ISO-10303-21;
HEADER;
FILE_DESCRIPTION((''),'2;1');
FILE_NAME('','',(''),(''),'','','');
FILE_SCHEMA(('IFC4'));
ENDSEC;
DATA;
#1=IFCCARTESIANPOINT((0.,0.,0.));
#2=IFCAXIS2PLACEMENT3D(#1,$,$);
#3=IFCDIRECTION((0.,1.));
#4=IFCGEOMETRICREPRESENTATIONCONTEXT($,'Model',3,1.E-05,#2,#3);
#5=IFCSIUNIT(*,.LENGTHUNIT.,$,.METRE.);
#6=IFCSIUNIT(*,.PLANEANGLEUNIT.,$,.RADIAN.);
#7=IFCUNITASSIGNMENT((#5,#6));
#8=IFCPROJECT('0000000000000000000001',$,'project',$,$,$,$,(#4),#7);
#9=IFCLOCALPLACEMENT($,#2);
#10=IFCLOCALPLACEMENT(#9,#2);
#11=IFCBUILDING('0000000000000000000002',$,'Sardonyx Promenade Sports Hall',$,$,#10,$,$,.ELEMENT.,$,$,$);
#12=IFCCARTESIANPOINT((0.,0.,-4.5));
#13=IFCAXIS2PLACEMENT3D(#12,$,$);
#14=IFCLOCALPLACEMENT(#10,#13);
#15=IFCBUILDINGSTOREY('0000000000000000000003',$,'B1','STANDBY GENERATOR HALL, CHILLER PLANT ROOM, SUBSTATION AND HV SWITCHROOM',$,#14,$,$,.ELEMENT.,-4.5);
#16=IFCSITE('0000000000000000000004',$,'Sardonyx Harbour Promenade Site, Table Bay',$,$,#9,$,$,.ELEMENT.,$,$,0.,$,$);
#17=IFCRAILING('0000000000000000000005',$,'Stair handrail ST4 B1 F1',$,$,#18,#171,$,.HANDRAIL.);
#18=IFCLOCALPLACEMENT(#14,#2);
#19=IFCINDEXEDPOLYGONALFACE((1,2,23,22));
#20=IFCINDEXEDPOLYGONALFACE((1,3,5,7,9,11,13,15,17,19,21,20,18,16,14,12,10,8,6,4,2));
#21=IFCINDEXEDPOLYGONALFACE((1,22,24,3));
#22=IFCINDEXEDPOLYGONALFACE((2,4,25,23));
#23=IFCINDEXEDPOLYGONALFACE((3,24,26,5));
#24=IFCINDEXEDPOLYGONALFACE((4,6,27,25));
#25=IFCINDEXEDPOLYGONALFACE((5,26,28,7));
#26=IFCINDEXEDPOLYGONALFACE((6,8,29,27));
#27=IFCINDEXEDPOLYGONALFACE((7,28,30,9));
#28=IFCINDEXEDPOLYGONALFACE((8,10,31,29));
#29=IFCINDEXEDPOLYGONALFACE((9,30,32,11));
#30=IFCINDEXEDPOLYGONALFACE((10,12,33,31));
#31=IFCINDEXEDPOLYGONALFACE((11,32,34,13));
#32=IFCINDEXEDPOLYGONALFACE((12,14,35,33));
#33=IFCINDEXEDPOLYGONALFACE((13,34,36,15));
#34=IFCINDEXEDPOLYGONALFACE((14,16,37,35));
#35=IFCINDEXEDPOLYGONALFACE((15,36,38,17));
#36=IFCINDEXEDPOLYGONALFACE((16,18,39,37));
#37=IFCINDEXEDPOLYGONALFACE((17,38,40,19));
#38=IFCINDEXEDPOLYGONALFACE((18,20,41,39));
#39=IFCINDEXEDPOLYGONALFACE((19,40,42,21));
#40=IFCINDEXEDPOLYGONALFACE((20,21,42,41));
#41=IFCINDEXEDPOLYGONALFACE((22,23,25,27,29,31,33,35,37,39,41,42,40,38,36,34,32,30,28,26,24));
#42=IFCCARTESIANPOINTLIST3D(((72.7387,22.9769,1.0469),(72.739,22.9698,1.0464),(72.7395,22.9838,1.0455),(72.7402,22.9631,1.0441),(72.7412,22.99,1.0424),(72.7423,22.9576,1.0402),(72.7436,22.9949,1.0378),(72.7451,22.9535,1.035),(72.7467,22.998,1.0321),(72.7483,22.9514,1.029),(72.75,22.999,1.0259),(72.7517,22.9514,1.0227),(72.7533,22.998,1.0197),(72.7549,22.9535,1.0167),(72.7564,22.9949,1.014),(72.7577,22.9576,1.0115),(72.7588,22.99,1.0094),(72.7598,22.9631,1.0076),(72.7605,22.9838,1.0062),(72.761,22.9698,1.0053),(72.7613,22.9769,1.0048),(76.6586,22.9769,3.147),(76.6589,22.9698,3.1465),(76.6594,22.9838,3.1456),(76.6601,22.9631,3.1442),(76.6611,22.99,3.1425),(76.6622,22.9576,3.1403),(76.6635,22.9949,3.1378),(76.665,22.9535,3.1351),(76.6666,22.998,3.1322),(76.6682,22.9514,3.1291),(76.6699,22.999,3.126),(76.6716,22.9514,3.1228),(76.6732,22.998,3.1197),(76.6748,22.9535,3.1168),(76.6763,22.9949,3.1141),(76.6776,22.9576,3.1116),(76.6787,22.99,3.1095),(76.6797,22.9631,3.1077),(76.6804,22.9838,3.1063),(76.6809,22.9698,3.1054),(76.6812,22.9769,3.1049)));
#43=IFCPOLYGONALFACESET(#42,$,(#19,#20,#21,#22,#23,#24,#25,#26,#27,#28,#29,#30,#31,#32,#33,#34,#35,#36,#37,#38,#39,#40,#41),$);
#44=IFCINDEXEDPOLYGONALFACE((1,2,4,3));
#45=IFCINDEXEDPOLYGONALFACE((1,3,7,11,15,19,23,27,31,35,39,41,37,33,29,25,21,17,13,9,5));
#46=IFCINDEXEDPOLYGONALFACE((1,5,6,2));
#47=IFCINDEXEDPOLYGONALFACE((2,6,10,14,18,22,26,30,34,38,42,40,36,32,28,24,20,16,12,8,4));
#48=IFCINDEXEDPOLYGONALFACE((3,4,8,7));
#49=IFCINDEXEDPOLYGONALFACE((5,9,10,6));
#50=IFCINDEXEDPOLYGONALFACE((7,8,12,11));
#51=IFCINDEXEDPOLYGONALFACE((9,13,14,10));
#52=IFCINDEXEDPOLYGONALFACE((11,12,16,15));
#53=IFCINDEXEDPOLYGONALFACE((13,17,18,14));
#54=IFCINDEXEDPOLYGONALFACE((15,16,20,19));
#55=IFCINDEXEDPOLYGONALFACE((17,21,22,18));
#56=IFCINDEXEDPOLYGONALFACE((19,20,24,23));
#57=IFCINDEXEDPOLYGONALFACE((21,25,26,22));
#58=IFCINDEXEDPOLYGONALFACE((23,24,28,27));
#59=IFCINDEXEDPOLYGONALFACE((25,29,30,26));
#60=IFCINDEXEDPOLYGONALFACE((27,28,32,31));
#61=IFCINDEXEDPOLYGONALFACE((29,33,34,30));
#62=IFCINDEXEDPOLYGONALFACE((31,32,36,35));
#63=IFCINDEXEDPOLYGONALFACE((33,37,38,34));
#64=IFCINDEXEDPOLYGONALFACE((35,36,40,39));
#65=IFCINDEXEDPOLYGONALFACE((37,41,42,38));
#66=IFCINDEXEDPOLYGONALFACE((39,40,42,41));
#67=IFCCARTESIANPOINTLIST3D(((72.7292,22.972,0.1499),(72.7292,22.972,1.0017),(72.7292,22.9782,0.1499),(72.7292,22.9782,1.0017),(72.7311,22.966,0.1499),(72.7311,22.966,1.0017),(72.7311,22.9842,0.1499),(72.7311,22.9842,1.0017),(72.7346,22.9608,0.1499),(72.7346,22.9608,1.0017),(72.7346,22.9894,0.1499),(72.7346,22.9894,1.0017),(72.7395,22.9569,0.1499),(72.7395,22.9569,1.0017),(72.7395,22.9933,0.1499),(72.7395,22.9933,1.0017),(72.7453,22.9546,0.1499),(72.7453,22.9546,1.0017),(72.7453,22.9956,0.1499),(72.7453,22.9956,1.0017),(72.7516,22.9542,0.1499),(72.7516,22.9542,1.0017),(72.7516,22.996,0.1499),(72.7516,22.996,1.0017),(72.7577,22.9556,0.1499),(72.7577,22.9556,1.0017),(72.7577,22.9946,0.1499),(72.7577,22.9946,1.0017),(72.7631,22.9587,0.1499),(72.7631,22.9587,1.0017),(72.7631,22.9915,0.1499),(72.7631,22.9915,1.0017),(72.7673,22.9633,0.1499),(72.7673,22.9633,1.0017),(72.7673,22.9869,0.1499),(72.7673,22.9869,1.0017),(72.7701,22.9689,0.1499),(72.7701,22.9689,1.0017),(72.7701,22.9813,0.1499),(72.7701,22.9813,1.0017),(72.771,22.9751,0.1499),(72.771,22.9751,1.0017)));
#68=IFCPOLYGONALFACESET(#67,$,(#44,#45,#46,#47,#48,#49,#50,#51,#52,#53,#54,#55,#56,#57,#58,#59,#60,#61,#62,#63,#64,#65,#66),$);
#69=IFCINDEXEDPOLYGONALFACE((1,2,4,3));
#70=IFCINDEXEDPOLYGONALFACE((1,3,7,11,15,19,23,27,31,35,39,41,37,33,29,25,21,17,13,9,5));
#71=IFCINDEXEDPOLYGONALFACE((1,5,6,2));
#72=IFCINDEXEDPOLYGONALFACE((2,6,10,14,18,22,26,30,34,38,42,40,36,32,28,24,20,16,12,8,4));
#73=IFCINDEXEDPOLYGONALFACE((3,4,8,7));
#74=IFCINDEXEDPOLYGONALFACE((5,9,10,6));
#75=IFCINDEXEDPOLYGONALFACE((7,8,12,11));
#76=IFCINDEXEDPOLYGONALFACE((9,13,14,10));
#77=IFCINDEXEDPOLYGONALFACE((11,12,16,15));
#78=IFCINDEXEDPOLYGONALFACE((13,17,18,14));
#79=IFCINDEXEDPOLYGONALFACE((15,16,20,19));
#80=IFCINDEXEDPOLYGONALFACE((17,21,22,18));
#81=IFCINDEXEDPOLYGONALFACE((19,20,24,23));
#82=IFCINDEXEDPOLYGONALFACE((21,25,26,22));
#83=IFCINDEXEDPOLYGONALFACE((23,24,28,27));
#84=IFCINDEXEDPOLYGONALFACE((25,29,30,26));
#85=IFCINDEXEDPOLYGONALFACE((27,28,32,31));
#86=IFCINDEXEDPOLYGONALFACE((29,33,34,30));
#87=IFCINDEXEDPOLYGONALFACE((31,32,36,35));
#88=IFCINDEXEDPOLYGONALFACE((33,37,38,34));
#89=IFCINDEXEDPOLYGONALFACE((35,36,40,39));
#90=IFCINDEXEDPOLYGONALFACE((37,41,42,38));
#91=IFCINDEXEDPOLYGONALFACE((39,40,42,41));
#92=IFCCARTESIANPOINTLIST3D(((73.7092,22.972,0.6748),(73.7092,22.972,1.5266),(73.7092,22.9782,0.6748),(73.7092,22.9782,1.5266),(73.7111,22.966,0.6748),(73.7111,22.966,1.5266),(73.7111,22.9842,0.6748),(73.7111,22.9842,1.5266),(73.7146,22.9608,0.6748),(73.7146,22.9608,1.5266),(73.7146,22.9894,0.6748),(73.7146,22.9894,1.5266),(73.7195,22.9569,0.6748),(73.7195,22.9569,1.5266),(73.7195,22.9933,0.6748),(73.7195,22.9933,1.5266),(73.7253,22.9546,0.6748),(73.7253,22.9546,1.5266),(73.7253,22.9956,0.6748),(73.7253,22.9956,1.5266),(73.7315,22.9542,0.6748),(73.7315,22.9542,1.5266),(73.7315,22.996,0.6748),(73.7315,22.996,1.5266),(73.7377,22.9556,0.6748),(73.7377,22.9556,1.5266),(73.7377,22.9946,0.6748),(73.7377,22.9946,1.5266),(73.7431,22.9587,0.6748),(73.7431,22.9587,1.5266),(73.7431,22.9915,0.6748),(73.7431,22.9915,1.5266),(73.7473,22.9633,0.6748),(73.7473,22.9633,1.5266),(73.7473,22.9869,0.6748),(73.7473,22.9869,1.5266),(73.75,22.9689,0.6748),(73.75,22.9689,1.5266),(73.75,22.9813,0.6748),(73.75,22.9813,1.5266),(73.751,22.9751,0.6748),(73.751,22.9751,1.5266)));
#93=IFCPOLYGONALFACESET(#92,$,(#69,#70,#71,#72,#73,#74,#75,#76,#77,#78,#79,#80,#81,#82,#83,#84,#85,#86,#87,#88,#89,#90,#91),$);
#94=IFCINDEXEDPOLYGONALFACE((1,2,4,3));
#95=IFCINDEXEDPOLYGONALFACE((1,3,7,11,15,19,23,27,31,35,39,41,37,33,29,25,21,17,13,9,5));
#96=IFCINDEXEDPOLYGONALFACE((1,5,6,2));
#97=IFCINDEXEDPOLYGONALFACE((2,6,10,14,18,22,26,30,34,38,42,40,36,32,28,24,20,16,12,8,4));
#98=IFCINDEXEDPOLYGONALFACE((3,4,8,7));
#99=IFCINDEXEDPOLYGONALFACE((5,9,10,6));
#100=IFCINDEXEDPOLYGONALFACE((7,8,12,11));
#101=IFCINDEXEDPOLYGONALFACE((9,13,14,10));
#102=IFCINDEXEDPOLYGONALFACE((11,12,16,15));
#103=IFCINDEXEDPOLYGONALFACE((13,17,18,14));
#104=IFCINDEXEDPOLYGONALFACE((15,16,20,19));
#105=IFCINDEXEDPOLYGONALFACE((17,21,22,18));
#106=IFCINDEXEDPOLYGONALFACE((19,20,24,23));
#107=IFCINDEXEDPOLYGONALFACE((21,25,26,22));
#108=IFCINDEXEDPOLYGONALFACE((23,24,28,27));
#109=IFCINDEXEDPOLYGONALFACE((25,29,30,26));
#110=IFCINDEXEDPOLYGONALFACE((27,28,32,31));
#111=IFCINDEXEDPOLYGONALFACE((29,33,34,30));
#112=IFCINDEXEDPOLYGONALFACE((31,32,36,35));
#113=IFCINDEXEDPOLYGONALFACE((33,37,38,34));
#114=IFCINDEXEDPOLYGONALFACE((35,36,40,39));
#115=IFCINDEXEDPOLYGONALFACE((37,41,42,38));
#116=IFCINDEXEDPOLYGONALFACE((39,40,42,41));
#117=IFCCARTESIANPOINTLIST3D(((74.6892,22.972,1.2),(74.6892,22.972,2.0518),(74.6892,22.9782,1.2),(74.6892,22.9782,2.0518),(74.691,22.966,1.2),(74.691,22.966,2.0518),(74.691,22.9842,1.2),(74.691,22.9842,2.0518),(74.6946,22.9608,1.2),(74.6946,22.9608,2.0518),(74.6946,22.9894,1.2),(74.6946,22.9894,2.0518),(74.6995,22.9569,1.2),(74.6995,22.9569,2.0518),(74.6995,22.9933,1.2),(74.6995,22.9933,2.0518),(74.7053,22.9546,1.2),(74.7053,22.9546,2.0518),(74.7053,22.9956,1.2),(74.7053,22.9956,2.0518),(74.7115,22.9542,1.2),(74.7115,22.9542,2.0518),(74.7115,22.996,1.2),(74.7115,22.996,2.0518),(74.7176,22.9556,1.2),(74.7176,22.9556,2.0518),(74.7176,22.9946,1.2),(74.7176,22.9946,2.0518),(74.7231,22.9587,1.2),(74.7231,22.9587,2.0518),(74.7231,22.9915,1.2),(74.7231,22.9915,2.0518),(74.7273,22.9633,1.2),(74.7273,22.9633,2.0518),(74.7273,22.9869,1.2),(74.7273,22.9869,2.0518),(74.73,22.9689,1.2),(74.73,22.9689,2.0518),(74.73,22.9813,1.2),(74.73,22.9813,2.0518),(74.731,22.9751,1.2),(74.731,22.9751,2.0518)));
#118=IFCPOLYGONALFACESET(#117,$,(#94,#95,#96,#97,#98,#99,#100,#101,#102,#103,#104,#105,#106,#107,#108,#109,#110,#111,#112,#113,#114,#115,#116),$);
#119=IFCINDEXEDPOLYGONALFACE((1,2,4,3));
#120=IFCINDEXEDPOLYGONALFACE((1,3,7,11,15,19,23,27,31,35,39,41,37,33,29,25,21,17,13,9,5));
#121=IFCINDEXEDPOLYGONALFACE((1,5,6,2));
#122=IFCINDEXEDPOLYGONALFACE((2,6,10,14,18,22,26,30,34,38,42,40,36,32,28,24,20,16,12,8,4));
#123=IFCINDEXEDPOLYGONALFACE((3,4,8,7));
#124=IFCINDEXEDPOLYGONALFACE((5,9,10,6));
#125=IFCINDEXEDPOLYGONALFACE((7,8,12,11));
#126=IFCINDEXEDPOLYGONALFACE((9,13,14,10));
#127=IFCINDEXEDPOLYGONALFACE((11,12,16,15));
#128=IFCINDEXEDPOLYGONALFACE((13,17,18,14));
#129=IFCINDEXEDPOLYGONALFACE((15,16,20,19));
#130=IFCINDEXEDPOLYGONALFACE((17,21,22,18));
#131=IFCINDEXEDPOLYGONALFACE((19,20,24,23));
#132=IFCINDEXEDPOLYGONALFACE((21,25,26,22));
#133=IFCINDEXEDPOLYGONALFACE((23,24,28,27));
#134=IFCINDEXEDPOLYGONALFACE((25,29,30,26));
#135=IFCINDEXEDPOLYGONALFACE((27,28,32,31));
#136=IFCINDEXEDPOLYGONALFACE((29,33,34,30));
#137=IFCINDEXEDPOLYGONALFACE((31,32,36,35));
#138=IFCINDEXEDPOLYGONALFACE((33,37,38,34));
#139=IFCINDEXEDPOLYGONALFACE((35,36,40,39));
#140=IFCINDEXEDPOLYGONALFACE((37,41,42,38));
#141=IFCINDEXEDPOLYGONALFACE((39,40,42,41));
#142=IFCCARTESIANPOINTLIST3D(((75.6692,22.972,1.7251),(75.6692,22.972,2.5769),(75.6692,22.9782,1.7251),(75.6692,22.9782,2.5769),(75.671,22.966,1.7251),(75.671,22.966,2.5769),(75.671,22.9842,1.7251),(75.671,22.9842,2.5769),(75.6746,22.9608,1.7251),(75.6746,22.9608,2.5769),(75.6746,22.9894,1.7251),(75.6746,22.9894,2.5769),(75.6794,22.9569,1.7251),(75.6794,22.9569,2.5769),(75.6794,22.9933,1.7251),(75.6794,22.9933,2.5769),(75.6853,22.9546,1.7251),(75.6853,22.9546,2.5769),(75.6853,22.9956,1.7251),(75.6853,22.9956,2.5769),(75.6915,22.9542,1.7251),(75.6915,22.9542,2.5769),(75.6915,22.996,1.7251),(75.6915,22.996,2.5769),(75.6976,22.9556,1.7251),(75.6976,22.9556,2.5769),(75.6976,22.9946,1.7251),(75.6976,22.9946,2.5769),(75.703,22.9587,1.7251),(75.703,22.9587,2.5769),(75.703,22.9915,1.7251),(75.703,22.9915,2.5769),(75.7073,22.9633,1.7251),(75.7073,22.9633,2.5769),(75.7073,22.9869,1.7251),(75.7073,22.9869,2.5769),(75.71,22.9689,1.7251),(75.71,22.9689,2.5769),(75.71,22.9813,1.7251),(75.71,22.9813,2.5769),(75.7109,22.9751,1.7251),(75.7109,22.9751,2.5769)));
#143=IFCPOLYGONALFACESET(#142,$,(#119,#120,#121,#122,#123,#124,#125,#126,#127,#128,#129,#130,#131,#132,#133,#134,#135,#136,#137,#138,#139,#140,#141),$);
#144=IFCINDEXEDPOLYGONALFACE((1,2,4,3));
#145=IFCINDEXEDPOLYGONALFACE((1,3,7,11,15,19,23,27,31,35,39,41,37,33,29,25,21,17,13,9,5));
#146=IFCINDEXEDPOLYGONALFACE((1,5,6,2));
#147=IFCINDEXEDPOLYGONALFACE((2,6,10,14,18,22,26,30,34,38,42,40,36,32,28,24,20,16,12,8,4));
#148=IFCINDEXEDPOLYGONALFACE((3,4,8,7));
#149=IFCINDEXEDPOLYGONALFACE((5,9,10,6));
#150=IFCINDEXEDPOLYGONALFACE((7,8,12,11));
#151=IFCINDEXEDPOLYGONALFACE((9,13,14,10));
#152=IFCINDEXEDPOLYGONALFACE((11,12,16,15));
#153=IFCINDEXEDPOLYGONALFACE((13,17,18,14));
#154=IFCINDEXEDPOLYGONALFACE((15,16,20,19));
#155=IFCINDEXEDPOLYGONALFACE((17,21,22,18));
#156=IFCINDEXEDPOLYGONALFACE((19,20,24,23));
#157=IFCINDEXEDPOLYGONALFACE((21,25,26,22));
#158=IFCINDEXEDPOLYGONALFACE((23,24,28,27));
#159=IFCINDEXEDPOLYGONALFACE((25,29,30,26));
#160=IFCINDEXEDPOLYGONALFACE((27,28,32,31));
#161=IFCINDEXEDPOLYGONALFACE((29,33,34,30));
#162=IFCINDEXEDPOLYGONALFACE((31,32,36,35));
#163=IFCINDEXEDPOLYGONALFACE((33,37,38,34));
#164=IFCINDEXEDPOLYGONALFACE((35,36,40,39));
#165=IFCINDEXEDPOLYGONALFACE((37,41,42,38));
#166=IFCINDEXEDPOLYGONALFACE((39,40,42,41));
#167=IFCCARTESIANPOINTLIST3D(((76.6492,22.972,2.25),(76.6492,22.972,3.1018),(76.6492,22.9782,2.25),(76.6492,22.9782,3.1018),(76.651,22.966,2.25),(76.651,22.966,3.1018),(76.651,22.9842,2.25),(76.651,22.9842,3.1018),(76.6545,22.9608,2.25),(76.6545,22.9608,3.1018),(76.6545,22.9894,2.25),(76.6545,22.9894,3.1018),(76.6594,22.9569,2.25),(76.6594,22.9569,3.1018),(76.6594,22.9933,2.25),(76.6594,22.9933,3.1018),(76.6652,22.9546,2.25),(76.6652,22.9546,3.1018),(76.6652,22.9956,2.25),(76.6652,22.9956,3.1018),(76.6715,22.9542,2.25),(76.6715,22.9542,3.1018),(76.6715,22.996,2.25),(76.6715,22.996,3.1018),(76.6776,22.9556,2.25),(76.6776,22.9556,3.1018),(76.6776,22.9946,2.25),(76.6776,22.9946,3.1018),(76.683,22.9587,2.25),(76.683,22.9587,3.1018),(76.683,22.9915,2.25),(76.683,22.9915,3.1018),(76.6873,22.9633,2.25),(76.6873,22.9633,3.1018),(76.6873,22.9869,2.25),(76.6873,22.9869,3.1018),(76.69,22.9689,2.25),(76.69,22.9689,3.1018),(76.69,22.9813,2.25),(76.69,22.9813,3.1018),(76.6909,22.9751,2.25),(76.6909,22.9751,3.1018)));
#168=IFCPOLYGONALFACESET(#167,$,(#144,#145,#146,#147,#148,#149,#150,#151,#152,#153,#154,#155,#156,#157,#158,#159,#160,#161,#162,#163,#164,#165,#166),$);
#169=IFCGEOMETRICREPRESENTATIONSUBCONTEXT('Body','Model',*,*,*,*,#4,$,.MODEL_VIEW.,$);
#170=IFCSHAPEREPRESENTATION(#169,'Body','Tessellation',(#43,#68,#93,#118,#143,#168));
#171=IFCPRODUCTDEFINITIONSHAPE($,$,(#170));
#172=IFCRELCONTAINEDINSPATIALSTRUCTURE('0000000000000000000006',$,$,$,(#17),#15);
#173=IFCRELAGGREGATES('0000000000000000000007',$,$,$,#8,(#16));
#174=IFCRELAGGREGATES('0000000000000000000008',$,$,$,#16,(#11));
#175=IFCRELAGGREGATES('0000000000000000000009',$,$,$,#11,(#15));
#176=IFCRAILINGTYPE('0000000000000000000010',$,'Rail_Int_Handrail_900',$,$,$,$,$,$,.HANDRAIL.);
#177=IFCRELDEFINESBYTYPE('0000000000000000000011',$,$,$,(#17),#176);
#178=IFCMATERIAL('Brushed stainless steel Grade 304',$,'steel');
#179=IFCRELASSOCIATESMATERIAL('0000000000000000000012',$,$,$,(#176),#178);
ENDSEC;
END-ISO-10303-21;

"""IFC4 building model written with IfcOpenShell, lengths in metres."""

from ifc_helpers import new_model, si_unit, direction, frame, origin, origin_2d, place, context, subcontext, project, spatial, circle, extrude, material, type_object, element, save


model = new_model("IFC4")

# Units and contexts
model_context = context("Model", 3, precision=1e-05, world=origin(), true_north=direction((0.0, 1.0)))
body_context = subcontext(model_context, "Body", "Model", "MODEL_VIEW")
ifc_project = project(units=[si_unit("LENGTHUNIT", "METRE"), si_unit("PLANEANGLEUNIT", "RADIAN")], contexts=[model_context])

# Site, building, storey
site_placement = place(None, origin())
site = spatial("IfcSite", under=ifc_project, at=site_placement, Name="Sardonyx Harbour Promenade Site, Table Bay", CompositionType="ELEMENT", RefElevation=0.0)
building_placement = place(site_placement, origin())
building = spatial("IfcBuilding", under=site, at=building_placement, Name="Sardonyx Promenade Sports Hall", CompositionType="ELEMENT")
storey_placement = place(building_placement, frame((0.0, 0.0, -4.5)))
storey = spatial("IfcBuildingStorey", under=building, at=storey_placement, Name="B1", Description="STANDBY GENERATOR HALL, CHILLER PLANT ROOM, SUBSTATION AND HV SWITCHROOM", CompositionType="ELEMENT", Elevation=-4.5)

# Railing
ifc_material_1 = material(Name="Brushed stainless steel Grade 304", Category="steel")
railing_type_1 = type_object("IfcRailingType", Name="Rail_Int_Handrail_900", PredefinedType="HANDRAIL", material=ifc_material_1)
railing_1_placement = place(storey_placement, frame((72.75, 22.9751, 0.1499)))
element("IfcRailing", 1, at=railing_1_placement, inside=storey, type_object=railing_type_1, Name="Stair handrail ST4 B1 F1", PredefinedType="HANDRAIL", context=body_context, shape_type="SweptSolid", body=[
    extrude(circle(Radius=0.0239, at=origin_2d()), frame((0.0, 0.0, 0.876), z_axis=(0.881467, 0.0, 0.472246), x_axis=(0.0, 1.0, 0.0)), (0.0, 0.0, 1.0), 4.447),
    extrude(circle(Radius=0.021, at=origin_2d()), origin(), (0.0, 0.0, 1.0), 0.8518),
    extrude(circle(Radius=0.021, at=origin_2d()), frame((0.98, 0.0, 0.5249)), (0.0, 0.0, 1.0), 0.8518),
    extrude(circle(Radius=0.021, at=origin_2d()), frame((1.96, 0.0, 1.05)), (0.0, 0.0, 1.0), 0.8518),
    extrude(circle(Radius=0.021, at=origin_2d()), frame((2.9399, 0.0, 1.5752)), (0.0, 0.0, 1.0), 0.8518),
    extrude(circle(Radius=0.021, at=origin_2d()), frame((3.9199, 0.0, 2.1001)), (0.0, 0.0, 1.0), 0.8518),
])

save(model, "model.ifc")
